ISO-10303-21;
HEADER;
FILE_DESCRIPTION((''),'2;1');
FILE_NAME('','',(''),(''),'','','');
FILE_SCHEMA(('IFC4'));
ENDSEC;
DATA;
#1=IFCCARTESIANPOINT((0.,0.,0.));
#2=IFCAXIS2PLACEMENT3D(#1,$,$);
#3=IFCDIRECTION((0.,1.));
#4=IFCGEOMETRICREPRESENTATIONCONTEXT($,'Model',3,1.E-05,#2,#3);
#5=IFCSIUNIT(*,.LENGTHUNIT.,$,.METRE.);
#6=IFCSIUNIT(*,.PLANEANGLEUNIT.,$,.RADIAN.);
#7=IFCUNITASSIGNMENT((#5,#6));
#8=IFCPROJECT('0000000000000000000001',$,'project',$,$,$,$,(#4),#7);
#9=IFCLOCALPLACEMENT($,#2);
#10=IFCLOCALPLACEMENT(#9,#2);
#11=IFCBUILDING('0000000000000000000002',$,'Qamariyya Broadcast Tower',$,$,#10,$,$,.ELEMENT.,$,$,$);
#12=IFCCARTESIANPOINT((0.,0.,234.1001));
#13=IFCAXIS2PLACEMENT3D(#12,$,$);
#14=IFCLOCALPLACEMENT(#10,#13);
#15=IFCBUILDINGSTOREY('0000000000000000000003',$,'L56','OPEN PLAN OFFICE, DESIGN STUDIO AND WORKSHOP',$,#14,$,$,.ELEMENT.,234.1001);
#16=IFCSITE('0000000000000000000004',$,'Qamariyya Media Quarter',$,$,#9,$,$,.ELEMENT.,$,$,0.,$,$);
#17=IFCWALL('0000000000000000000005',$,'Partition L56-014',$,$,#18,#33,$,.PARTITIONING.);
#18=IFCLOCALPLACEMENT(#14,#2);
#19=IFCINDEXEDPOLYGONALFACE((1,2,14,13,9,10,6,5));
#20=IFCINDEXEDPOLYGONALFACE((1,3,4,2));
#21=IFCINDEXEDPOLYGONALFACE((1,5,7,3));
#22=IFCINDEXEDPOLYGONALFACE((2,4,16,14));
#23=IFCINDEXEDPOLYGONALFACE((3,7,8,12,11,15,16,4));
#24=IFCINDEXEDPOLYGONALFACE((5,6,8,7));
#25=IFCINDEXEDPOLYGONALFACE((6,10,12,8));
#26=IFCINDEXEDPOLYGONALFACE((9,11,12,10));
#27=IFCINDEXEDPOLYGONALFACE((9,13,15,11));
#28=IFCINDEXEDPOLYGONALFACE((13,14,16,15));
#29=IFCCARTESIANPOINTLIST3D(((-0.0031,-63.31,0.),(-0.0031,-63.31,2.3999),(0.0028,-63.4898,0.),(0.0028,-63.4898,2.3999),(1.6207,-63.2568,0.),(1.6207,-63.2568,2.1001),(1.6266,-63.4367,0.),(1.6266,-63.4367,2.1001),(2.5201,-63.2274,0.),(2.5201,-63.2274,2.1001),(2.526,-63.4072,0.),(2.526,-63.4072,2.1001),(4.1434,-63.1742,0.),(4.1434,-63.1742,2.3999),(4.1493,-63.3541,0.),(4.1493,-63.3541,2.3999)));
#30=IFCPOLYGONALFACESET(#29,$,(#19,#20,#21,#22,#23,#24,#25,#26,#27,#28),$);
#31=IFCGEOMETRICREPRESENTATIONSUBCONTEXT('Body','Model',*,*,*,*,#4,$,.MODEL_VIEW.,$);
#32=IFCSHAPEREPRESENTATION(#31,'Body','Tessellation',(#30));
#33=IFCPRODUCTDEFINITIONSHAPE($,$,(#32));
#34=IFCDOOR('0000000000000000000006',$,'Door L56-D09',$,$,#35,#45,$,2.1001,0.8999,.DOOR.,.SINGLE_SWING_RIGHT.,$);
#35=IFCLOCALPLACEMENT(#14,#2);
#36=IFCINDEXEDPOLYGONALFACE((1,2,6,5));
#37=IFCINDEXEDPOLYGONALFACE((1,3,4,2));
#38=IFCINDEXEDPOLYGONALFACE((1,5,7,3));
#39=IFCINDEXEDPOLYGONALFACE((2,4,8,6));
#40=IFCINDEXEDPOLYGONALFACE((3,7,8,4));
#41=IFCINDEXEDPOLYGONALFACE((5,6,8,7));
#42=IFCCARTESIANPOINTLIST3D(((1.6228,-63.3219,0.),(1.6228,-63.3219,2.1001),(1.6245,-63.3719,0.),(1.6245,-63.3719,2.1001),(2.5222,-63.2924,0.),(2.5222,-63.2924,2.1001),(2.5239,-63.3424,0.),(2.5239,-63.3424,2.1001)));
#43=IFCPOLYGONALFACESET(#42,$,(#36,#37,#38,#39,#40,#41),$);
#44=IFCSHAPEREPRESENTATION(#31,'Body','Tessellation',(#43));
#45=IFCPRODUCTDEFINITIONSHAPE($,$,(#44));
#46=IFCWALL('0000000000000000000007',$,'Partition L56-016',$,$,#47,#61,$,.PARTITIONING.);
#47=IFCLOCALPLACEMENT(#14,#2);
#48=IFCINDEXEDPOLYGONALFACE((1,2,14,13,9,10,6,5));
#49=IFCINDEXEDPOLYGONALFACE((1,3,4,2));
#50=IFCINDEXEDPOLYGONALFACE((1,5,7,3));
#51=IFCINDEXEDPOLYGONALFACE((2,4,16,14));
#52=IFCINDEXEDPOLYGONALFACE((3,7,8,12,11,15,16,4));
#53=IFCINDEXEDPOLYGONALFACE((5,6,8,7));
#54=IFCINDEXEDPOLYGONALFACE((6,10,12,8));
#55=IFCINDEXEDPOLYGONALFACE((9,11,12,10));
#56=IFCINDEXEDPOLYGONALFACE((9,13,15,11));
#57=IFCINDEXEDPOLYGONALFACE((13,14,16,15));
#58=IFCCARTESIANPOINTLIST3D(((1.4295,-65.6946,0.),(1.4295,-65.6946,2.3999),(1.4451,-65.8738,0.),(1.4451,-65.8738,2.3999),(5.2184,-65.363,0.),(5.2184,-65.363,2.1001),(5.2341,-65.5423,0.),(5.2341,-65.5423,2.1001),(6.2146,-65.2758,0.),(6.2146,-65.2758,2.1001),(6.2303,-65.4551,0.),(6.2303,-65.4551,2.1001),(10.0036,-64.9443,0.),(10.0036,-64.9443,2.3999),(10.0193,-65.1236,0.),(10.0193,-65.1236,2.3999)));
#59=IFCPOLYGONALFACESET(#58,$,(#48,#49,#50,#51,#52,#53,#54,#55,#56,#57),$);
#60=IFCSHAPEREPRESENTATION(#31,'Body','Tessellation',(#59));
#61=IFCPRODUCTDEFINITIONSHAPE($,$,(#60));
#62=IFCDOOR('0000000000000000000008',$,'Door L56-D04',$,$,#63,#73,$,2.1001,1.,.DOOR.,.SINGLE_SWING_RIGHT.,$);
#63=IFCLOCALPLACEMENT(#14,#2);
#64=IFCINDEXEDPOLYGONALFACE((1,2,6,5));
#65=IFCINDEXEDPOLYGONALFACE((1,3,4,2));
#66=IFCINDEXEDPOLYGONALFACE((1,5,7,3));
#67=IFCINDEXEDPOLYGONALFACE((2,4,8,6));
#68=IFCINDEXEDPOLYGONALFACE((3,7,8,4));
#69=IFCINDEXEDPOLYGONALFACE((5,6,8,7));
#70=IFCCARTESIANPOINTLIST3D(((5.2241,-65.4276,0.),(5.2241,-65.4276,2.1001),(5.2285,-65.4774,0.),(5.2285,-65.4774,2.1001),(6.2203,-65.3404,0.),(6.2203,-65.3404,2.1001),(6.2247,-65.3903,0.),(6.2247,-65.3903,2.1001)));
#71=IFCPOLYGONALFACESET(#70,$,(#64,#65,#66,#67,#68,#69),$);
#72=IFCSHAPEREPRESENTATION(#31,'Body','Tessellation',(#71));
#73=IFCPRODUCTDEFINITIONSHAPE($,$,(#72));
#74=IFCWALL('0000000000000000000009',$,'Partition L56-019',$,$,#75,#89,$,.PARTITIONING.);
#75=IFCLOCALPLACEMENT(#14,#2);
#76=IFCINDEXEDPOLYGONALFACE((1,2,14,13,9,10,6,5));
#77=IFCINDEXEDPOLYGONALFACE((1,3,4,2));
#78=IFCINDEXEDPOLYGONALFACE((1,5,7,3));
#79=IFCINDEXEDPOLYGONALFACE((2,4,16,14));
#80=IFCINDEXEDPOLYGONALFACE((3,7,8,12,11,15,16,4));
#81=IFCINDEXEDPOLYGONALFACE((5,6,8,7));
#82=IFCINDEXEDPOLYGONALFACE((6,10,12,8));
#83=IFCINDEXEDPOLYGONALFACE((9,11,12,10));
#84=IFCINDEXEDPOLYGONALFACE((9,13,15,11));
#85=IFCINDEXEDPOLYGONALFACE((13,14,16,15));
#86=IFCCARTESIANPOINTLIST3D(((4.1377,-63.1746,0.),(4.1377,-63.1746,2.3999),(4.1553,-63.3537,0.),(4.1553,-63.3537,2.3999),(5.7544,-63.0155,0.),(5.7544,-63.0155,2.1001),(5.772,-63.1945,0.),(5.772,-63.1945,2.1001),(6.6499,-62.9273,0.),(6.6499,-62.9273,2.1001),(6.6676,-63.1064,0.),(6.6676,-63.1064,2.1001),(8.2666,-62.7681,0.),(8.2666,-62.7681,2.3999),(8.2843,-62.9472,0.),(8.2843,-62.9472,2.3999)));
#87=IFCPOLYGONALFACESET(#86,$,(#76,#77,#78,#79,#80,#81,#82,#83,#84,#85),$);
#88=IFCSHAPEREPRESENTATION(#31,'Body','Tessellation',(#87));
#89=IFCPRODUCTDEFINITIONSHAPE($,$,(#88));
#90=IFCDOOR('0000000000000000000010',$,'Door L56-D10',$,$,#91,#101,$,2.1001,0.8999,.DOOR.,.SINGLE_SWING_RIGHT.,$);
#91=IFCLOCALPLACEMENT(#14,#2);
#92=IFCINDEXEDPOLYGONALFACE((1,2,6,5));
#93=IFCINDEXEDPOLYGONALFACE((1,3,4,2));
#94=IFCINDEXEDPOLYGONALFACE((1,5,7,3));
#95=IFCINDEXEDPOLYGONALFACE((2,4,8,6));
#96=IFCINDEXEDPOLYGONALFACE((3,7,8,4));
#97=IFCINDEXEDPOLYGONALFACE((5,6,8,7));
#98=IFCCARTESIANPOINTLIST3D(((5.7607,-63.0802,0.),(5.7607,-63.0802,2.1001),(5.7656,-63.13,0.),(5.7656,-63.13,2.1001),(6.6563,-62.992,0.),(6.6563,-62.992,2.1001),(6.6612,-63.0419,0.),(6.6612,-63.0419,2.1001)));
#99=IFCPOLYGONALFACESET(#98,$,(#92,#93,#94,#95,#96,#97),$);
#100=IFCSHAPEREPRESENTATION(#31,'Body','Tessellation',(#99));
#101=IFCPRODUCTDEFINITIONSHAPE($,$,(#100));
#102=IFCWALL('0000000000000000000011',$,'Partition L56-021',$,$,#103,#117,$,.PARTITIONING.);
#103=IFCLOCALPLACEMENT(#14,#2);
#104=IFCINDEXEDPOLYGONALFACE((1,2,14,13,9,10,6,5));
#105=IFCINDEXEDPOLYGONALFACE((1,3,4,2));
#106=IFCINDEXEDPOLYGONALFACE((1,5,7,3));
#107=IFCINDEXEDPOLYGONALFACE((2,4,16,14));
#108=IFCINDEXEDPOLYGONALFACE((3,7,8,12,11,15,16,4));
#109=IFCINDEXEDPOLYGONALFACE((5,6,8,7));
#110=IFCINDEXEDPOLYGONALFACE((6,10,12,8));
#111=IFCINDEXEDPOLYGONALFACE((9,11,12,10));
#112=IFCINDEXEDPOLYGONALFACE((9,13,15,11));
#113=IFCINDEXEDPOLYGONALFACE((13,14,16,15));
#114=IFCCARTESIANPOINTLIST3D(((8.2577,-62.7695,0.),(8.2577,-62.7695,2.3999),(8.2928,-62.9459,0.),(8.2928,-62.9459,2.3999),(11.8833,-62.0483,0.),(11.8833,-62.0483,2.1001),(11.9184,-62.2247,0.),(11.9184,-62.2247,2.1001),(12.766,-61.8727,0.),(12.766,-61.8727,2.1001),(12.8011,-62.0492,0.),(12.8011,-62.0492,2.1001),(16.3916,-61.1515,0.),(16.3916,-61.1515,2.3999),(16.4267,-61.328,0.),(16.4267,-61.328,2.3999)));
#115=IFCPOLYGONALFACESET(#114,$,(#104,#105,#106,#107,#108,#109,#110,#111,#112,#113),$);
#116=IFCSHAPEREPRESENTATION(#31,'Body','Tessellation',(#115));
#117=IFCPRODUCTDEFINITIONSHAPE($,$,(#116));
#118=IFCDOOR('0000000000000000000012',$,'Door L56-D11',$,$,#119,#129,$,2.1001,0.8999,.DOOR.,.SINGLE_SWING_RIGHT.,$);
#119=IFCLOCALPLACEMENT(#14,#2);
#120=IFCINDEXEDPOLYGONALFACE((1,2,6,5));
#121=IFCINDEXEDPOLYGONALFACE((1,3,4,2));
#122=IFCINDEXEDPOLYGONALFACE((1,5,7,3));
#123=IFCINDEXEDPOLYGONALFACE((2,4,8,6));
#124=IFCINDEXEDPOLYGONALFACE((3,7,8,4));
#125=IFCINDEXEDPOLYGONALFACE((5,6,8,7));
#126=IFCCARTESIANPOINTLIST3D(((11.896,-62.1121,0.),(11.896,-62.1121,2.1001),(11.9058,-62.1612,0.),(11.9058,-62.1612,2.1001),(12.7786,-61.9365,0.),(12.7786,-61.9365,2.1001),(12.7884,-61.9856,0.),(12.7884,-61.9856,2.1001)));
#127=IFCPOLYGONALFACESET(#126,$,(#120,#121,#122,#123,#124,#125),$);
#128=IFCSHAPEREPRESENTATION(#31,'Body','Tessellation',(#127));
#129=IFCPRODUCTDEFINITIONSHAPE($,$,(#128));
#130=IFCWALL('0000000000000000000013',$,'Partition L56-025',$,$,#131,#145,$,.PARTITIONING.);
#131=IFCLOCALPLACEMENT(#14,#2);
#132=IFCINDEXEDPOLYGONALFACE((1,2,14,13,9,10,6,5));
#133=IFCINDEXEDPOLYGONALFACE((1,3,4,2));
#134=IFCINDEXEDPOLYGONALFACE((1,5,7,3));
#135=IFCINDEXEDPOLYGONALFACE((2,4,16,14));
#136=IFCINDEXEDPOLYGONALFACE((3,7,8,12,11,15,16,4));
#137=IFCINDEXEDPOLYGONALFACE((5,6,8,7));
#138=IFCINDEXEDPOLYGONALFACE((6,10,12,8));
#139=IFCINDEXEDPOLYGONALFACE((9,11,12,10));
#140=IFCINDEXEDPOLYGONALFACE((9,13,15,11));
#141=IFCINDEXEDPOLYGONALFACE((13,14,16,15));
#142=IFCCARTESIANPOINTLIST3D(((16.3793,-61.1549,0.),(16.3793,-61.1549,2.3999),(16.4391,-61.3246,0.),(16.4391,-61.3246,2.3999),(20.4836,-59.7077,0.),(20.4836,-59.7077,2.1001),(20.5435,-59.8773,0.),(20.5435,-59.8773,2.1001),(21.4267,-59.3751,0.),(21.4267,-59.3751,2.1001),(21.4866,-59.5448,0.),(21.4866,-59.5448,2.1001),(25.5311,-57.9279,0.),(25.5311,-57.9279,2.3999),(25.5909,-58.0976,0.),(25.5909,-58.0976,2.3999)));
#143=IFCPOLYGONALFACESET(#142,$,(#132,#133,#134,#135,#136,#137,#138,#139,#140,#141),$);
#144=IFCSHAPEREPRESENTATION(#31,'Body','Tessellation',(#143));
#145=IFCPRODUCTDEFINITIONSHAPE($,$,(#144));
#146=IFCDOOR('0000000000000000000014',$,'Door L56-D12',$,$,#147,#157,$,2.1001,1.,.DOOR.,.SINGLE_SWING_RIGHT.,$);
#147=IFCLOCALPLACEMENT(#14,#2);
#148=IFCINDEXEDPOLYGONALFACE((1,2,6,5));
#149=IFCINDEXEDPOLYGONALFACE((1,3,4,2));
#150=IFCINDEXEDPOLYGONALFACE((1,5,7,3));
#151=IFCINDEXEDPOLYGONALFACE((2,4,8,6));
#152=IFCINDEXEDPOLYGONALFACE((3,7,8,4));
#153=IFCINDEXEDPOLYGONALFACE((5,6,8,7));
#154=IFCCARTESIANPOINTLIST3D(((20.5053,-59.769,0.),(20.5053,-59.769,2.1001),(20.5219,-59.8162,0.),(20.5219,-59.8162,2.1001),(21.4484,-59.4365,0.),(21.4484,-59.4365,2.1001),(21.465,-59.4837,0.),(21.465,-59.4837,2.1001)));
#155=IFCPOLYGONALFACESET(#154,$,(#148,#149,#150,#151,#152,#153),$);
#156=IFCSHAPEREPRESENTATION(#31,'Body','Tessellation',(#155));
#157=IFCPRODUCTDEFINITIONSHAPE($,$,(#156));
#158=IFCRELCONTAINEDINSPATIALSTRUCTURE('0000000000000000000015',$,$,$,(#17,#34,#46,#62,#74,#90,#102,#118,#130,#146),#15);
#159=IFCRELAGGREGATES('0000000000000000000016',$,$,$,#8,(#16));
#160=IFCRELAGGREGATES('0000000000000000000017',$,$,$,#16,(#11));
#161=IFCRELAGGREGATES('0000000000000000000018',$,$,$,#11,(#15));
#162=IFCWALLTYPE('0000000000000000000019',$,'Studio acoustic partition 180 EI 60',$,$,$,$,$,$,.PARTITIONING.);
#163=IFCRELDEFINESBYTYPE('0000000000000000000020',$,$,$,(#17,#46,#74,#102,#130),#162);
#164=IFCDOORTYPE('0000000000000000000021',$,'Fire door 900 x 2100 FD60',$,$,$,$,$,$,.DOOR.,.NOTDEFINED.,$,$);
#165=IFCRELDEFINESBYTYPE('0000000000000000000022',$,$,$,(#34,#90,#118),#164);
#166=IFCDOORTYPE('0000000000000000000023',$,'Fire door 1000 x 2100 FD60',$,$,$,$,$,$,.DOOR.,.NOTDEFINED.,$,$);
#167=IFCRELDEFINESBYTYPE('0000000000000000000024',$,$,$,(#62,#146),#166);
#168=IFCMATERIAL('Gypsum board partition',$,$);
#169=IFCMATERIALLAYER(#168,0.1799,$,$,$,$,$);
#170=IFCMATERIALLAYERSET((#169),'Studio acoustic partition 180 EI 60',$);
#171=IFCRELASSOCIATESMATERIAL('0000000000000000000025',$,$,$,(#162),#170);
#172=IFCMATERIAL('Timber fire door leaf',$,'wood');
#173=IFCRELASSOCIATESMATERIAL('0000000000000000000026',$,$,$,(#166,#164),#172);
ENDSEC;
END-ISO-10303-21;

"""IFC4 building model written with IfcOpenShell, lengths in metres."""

from ifc_helpers import new_model, si_unit, direction, frame, frame_2d, origin, place, context, subcontext, project, spatial, rectangle, extrude, material, layer, layer_set, type_object, element, fill, save


model = new_model("IFC4")

# Units and contexts
model_context = context("Model", 3, precision=1e-05, world=origin(), true_north=direction((0.0, 1.0)))
body_context = subcontext(model_context, "Body", "Model", "MODEL_VIEW")
ifc_project = project(units=[si_unit("LENGTHUNIT", "METRE"), si_unit("PLANEANGLEUNIT", "RADIAN")], contexts=[model_context])

# Site, building, storey
site_placement = place(None, origin())
site = spatial("IfcSite", under=ifc_project, at=site_placement, Name="Qamariyya Media Quarter", CompositionType="ELEMENT", RefElevation=0.0)
building_placement = place(site_placement, origin())
building = spatial("IfcBuilding", under=site, at=building_placement, Name="Qamariyya Broadcast Tower", CompositionType="ELEMENT")
storey_placement = place(building_placement, frame((0.0, 0.0, 234.1001)))
storey = spatial("IfcBuildingStorey", under=building, at=storey_placement, Name="L56", Description="OPEN PLAN OFFICE, DESIGN STUDIO AND WORKSHOP", CompositionType="ELEMENT", Elevation=234.1001)

# Shared definitions
ifc_material_1 = material(Name="Gypsum board partition")

# Walls, openings, doors
ifc_layer_1 = layer(ifc_material_1, 0.1799)
ifc_layer_set_1 = layer_set([ifc_layer_1], Name="Studio acoustic partition 180 EI 60")
wall_type_1 = type_object("IfcWallType", Name="Studio acoustic partition 180 EI 60", PredefinedType="PARTITIONING", material=ifc_layer_set_1)
ifc_material_2 = material(Name="Timber fire door leaf", Category="wood")
door_type_1 = type_object("IfcDoorType", Name="Fire door 1000 x 2100 FD60", OperationType="NOTDEFINED", PredefinedType="DOOR", material=ifc_material_2)
wall_1_placement = place(storey_placement, frame((0.0, -63.3999, 0.0), z_axis=(0.0, 0.0, 1.0), x_axis=(0.999465, 0.032719, 0.0)))
wall_1 = element("IfcWall", 1, at=wall_1_placement, inside=storey, type_object=wall_type_1, Name="Partition L56-014", PredefinedType="PARTITIONING", context=body_context, shape_type="SweptSolid", body=[
    extrude(rectangle(XDim=4.1487, YDim=0.1799, at=frame_2d((2.0742, 0.0))), origin(), (0.0, 0.0, 1.0), 2.3999),
])
opening_1_placement = place(wall_1_placement, frame((1.6245, 0.0, 0.0)))
opening_1 = element("IfcOpeningElement", 2, at=opening_1_placement, cuts=wall_1, PredefinedType="OPENING", context=body_context, shape_type="SweptSolid", body=[
    extrude(rectangle(XDim=0.8999, YDim=2.1001, at=frame_2d((0.45, 1.05))), frame((0.0, 0.0999, 0.0), z_axis=(0.0, -1.0, 0.0), x_axis=(1.0, 0.0, 0.0)), (0.0, 0.0, 1.0), 0.2),
])
door_type_2 = type_object("IfcDoorType", Name="Fire door 900 x 2100 FD60", OperationType="NOTDEFINED", PredefinedType="DOOR", material=ifc_material_2)
door_1_placement = place(opening_1_placement, origin())
door_1 = element("IfcDoor", 3, at=door_1_placement, inside=storey, type_object=door_type_2, Name="Door L56-D09", OperationType="SINGLE_SWING_RIGHT", OverallHeight=2.1001, OverallWidth=0.8999, PredefinedType="DOOR", context=body_context, shape_type="SweptSolid", body=[
    extrude(rectangle(XDim=0.8999, YDim=2.1001, at=frame_2d((0.45, 1.05))), frame((0.0, 0.0249, 0.0), z_axis=(0.0, -1.0, 0.0), x_axis=(1.0, 0.0, 0.0)), (0.0, 0.0, 1.0), 0.05),
])
fill(opening_1, door_1)
wall_2_placement = place(storey_placement, frame((10.0115, -65.0339, 0.0), z_axis=(0.0, 0.0, 1.0), x_axis=(-0.996194, -0.087167, 0.0)))
wall_2 = element("IfcWall", 4, at=wall_2_placement, inside=storey, type_object=wall_type_1, Name="Partition L56-016", PredefinedType="PARTITIONING", context=body_context, shape_type="SweptSolid", body=[
    extrude(rectangle(XDim=8.6069, YDim=0.1799, at=frame_2d((4.3035, 0.0))), origin(), (0.0, 0.0, 1.0), 2.3999),
])
opening_2_placement = place(wall_2_placement, frame((3.8035, 0.0, 0.0)))
opening_2 = element("IfcOpeningElement", 5, at=opening_2_placement, cuts=wall_2, PredefinedType="OPENING", context=body_context, shape_type="SweptSolid", body=[
    extrude(rectangle(XDim=1.0, YDim=2.1001, at=frame_2d((0.5, 1.05))), frame((0.0, 0.0999, 0.0), z_axis=(0.0, -1.0, 0.0), x_axis=(1.0, 0.0, 0.0)), (0.0, 0.0, 1.0), 0.2),
])
door_2_placement = place(opening_2_placement, origin())
door_2 = element("IfcDoor", 6, at=door_2_placement, inside=storey, type_object=door_type_1, Name="Door L56-D04", OperationType="SINGLE_SWING_RIGHT", OverallHeight=2.1001, OverallWidth=1.0, PredefinedType="DOOR", context=body_context, shape_type="SweptSolid", body=[
    extrude(rectangle(XDim=1.0, YDim=2.1001, at=frame_2d((0.5, 1.05))), frame((0.0, 0.0249, 0.0), z_axis=(0.0, -1.0, 0.0), x_axis=(1.0, 0.0, 0.0)), (0.0, 0.0, 1.0), 0.05),
])
fill(opening_2, door_2)
wall_3_placement = place(storey_placement, frame((4.1465, -63.2642, 0.0), z_axis=(0.0, 0.0, 1.0), x_axis=(0.995189, 0.097977, 0.0)))
wall_3 = element("IfcWall", 7, at=wall_3_placement, inside=storey, type_object=wall_type_1, Name="Partition L56-019", PredefinedType="PARTITIONING", context=body_context, shape_type="SweptSolid", body=[
    extrude(rectangle(XDim=4.1489, YDim=0.1799, at=frame_2d((2.0745, 0.0))), origin(), (0.0, 0.0, 1.0), 2.3999),
])
opening_3_placement = place(wall_3_placement, frame((1.6245, 0.0, 0.0)))
opening_3 = element("IfcOpeningElement", 8, at=opening_3_placement, cuts=wall_3, PredefinedType="OPENING", context=body_context, shape_type="SweptSolid", body=[
    extrude(rectangle(XDim=0.8999, YDim=2.1001, at=frame_2d((0.45, 1.05))), frame((0.0, 0.0999, 0.0), z_axis=(0.0, -1.0, 0.0), x_axis=(1.0, 0.0, 0.0)), (0.0, 0.0, 1.0), 0.2),
])
door_3_placement = place(opening_3_placement, origin())
door_3 = element("IfcDoor", 9, at=door_3_placement, inside=storey, type_object=door_type_2, Name="Door L56-D10", OperationType="SINGLE_SWING_RIGHT", OverallHeight=2.1001, OverallWidth=0.8999, PredefinedType="DOOR", context=body_context, shape_type="SweptSolid", body=[
    extrude(rectangle(XDim=0.8999, YDim=2.1001, at=frame_2d((0.45, 1.05))), frame((0.0, 0.0249, 0.0), z_axis=(0.0, -1.0, 0.0), x_axis=(1.0, 0.0, 0.0)), (0.0, 0.0, 1.0), 0.05),
])
fill(opening_3, door_3)
wall_4_placement = place(storey_placement, frame((8.2754, -62.8577, 0.0), z_axis=(0.0, 0.0, 1.0), x_axis=(0.980785, 0.195091, 0.0)))
wall_4 = element("IfcWall", 10, at=wall_4_placement, inside=storey, type_object=wall_type_1, Name="Partition L56-021", PredefinedType="PARTITIONING", context=body_context, shape_type="SweptSolid", body=[
    extrude(rectangle(XDim=8.2932, YDim=0.1799, at=frame_2d((4.1465, 0.0))), origin(), (0.0, 0.0, 1.0), 2.3999),
])
opening_4_placement = place(wall_4_placement, frame((3.6965, 0.0, 0.0)))
opening_4 = element("IfcOpeningElement", 11, at=opening_4_placement, cuts=wall_4, PredefinedType="OPENING", context=body_context, shape_type="SweptSolid", body=[
    extrude(rectangle(XDim=0.8999, YDim=2.1001, at=frame_2d((0.45, 1.05))), frame((0.0, 0.0999, 0.0), z_axis=(0.0, -1.0, 0.0), x_axis=(1.0, 0.0, 0.0)), (0.0, 0.0, 1.0), 0.2),
])
door_4_placement = place(opening_4_placement, origin())
door_4 = element("IfcDoor", 12, at=door_4_placement, inside=storey, type_object=door_type_2, Name="Door L56-D11", OperationType="SINGLE_SWING_RIGHT", OverallHeight=2.1001, OverallWidth=0.8999, PredefinedType="DOOR", context=body_context, shape_type="SweptSolid", body=[
    extrude(rectangle(XDim=0.8999, YDim=2.1001, at=frame_2d((0.45, 1.05))), frame((0.0, 0.0249, 0.0), z_axis=(0.0, -1.0, 0.0), x_axis=(1.0, 0.0, 0.0)), (0.0, 0.0, 1.0), 0.05),
])
fill(opening_4, door_4)
wall_5_placement = place(storey_placement, frame((16.4092, -61.2397, 0.0), z_axis=(0.0, 0.0, 1.0), x_axis=(0.943088, 0.332544, 0.0)))
wall_5 = element("IfcWall", 13, at=wall_5_placement, inside=storey, type_object=wall_type_1, Name="Partition L56-025", PredefinedType="PARTITIONING", context=body_context, shape_type="SweptSolid", body=[
    extrude(rectangle(XDim=9.7041, YDim=0.1799, at=frame_2d((4.8521, 0.0))), origin(), (0.0, 0.0, 1.0), 2.3999),
])
opening_5_placement = place(wall_5_placement, frame((4.3521, 0.0, 0.0)))
opening_5 = element("IfcOpeningElement", 14, at=opening_5_placement, cuts=wall_5, PredefinedType="OPENING", context=body_context, shape_type="SweptSolid", body=[
    extrude(rectangle(XDim=1.0, YDim=2.1001, at=frame_2d((0.5, 1.05))), frame((0.0, 0.0999, 0.0), z_axis=(0.0, -1.0, 0.0), x_axis=(1.0, 0.0, 0.0)), (0.0, 0.0, 1.0), 0.2),
])
door_5_placement = place(opening_5_placement, origin())
door_5 = element("IfcDoor", 15, at=door_5_placement, inside=storey, type_object=door_type_1, Name="Door L56-D12", OperationType="SINGLE_SWING_RIGHT", OverallHeight=2.1001, OverallWidth=1.0, PredefinedType="DOOR", context=body_context, shape_type="SweptSolid", body=[
    extrude(rectangle(XDim=1.0, YDim=2.1001, at=frame_2d((0.5, 1.05))), frame((0.0, 0.0249, 0.0), z_axis=(0.0, -1.0, 0.0), x_axis=(1.0, 0.0, 0.0)), (0.0, 0.0, 1.0), 0.05),
])
fill(opening_5, door_5)

save(model, "model.ifc")
